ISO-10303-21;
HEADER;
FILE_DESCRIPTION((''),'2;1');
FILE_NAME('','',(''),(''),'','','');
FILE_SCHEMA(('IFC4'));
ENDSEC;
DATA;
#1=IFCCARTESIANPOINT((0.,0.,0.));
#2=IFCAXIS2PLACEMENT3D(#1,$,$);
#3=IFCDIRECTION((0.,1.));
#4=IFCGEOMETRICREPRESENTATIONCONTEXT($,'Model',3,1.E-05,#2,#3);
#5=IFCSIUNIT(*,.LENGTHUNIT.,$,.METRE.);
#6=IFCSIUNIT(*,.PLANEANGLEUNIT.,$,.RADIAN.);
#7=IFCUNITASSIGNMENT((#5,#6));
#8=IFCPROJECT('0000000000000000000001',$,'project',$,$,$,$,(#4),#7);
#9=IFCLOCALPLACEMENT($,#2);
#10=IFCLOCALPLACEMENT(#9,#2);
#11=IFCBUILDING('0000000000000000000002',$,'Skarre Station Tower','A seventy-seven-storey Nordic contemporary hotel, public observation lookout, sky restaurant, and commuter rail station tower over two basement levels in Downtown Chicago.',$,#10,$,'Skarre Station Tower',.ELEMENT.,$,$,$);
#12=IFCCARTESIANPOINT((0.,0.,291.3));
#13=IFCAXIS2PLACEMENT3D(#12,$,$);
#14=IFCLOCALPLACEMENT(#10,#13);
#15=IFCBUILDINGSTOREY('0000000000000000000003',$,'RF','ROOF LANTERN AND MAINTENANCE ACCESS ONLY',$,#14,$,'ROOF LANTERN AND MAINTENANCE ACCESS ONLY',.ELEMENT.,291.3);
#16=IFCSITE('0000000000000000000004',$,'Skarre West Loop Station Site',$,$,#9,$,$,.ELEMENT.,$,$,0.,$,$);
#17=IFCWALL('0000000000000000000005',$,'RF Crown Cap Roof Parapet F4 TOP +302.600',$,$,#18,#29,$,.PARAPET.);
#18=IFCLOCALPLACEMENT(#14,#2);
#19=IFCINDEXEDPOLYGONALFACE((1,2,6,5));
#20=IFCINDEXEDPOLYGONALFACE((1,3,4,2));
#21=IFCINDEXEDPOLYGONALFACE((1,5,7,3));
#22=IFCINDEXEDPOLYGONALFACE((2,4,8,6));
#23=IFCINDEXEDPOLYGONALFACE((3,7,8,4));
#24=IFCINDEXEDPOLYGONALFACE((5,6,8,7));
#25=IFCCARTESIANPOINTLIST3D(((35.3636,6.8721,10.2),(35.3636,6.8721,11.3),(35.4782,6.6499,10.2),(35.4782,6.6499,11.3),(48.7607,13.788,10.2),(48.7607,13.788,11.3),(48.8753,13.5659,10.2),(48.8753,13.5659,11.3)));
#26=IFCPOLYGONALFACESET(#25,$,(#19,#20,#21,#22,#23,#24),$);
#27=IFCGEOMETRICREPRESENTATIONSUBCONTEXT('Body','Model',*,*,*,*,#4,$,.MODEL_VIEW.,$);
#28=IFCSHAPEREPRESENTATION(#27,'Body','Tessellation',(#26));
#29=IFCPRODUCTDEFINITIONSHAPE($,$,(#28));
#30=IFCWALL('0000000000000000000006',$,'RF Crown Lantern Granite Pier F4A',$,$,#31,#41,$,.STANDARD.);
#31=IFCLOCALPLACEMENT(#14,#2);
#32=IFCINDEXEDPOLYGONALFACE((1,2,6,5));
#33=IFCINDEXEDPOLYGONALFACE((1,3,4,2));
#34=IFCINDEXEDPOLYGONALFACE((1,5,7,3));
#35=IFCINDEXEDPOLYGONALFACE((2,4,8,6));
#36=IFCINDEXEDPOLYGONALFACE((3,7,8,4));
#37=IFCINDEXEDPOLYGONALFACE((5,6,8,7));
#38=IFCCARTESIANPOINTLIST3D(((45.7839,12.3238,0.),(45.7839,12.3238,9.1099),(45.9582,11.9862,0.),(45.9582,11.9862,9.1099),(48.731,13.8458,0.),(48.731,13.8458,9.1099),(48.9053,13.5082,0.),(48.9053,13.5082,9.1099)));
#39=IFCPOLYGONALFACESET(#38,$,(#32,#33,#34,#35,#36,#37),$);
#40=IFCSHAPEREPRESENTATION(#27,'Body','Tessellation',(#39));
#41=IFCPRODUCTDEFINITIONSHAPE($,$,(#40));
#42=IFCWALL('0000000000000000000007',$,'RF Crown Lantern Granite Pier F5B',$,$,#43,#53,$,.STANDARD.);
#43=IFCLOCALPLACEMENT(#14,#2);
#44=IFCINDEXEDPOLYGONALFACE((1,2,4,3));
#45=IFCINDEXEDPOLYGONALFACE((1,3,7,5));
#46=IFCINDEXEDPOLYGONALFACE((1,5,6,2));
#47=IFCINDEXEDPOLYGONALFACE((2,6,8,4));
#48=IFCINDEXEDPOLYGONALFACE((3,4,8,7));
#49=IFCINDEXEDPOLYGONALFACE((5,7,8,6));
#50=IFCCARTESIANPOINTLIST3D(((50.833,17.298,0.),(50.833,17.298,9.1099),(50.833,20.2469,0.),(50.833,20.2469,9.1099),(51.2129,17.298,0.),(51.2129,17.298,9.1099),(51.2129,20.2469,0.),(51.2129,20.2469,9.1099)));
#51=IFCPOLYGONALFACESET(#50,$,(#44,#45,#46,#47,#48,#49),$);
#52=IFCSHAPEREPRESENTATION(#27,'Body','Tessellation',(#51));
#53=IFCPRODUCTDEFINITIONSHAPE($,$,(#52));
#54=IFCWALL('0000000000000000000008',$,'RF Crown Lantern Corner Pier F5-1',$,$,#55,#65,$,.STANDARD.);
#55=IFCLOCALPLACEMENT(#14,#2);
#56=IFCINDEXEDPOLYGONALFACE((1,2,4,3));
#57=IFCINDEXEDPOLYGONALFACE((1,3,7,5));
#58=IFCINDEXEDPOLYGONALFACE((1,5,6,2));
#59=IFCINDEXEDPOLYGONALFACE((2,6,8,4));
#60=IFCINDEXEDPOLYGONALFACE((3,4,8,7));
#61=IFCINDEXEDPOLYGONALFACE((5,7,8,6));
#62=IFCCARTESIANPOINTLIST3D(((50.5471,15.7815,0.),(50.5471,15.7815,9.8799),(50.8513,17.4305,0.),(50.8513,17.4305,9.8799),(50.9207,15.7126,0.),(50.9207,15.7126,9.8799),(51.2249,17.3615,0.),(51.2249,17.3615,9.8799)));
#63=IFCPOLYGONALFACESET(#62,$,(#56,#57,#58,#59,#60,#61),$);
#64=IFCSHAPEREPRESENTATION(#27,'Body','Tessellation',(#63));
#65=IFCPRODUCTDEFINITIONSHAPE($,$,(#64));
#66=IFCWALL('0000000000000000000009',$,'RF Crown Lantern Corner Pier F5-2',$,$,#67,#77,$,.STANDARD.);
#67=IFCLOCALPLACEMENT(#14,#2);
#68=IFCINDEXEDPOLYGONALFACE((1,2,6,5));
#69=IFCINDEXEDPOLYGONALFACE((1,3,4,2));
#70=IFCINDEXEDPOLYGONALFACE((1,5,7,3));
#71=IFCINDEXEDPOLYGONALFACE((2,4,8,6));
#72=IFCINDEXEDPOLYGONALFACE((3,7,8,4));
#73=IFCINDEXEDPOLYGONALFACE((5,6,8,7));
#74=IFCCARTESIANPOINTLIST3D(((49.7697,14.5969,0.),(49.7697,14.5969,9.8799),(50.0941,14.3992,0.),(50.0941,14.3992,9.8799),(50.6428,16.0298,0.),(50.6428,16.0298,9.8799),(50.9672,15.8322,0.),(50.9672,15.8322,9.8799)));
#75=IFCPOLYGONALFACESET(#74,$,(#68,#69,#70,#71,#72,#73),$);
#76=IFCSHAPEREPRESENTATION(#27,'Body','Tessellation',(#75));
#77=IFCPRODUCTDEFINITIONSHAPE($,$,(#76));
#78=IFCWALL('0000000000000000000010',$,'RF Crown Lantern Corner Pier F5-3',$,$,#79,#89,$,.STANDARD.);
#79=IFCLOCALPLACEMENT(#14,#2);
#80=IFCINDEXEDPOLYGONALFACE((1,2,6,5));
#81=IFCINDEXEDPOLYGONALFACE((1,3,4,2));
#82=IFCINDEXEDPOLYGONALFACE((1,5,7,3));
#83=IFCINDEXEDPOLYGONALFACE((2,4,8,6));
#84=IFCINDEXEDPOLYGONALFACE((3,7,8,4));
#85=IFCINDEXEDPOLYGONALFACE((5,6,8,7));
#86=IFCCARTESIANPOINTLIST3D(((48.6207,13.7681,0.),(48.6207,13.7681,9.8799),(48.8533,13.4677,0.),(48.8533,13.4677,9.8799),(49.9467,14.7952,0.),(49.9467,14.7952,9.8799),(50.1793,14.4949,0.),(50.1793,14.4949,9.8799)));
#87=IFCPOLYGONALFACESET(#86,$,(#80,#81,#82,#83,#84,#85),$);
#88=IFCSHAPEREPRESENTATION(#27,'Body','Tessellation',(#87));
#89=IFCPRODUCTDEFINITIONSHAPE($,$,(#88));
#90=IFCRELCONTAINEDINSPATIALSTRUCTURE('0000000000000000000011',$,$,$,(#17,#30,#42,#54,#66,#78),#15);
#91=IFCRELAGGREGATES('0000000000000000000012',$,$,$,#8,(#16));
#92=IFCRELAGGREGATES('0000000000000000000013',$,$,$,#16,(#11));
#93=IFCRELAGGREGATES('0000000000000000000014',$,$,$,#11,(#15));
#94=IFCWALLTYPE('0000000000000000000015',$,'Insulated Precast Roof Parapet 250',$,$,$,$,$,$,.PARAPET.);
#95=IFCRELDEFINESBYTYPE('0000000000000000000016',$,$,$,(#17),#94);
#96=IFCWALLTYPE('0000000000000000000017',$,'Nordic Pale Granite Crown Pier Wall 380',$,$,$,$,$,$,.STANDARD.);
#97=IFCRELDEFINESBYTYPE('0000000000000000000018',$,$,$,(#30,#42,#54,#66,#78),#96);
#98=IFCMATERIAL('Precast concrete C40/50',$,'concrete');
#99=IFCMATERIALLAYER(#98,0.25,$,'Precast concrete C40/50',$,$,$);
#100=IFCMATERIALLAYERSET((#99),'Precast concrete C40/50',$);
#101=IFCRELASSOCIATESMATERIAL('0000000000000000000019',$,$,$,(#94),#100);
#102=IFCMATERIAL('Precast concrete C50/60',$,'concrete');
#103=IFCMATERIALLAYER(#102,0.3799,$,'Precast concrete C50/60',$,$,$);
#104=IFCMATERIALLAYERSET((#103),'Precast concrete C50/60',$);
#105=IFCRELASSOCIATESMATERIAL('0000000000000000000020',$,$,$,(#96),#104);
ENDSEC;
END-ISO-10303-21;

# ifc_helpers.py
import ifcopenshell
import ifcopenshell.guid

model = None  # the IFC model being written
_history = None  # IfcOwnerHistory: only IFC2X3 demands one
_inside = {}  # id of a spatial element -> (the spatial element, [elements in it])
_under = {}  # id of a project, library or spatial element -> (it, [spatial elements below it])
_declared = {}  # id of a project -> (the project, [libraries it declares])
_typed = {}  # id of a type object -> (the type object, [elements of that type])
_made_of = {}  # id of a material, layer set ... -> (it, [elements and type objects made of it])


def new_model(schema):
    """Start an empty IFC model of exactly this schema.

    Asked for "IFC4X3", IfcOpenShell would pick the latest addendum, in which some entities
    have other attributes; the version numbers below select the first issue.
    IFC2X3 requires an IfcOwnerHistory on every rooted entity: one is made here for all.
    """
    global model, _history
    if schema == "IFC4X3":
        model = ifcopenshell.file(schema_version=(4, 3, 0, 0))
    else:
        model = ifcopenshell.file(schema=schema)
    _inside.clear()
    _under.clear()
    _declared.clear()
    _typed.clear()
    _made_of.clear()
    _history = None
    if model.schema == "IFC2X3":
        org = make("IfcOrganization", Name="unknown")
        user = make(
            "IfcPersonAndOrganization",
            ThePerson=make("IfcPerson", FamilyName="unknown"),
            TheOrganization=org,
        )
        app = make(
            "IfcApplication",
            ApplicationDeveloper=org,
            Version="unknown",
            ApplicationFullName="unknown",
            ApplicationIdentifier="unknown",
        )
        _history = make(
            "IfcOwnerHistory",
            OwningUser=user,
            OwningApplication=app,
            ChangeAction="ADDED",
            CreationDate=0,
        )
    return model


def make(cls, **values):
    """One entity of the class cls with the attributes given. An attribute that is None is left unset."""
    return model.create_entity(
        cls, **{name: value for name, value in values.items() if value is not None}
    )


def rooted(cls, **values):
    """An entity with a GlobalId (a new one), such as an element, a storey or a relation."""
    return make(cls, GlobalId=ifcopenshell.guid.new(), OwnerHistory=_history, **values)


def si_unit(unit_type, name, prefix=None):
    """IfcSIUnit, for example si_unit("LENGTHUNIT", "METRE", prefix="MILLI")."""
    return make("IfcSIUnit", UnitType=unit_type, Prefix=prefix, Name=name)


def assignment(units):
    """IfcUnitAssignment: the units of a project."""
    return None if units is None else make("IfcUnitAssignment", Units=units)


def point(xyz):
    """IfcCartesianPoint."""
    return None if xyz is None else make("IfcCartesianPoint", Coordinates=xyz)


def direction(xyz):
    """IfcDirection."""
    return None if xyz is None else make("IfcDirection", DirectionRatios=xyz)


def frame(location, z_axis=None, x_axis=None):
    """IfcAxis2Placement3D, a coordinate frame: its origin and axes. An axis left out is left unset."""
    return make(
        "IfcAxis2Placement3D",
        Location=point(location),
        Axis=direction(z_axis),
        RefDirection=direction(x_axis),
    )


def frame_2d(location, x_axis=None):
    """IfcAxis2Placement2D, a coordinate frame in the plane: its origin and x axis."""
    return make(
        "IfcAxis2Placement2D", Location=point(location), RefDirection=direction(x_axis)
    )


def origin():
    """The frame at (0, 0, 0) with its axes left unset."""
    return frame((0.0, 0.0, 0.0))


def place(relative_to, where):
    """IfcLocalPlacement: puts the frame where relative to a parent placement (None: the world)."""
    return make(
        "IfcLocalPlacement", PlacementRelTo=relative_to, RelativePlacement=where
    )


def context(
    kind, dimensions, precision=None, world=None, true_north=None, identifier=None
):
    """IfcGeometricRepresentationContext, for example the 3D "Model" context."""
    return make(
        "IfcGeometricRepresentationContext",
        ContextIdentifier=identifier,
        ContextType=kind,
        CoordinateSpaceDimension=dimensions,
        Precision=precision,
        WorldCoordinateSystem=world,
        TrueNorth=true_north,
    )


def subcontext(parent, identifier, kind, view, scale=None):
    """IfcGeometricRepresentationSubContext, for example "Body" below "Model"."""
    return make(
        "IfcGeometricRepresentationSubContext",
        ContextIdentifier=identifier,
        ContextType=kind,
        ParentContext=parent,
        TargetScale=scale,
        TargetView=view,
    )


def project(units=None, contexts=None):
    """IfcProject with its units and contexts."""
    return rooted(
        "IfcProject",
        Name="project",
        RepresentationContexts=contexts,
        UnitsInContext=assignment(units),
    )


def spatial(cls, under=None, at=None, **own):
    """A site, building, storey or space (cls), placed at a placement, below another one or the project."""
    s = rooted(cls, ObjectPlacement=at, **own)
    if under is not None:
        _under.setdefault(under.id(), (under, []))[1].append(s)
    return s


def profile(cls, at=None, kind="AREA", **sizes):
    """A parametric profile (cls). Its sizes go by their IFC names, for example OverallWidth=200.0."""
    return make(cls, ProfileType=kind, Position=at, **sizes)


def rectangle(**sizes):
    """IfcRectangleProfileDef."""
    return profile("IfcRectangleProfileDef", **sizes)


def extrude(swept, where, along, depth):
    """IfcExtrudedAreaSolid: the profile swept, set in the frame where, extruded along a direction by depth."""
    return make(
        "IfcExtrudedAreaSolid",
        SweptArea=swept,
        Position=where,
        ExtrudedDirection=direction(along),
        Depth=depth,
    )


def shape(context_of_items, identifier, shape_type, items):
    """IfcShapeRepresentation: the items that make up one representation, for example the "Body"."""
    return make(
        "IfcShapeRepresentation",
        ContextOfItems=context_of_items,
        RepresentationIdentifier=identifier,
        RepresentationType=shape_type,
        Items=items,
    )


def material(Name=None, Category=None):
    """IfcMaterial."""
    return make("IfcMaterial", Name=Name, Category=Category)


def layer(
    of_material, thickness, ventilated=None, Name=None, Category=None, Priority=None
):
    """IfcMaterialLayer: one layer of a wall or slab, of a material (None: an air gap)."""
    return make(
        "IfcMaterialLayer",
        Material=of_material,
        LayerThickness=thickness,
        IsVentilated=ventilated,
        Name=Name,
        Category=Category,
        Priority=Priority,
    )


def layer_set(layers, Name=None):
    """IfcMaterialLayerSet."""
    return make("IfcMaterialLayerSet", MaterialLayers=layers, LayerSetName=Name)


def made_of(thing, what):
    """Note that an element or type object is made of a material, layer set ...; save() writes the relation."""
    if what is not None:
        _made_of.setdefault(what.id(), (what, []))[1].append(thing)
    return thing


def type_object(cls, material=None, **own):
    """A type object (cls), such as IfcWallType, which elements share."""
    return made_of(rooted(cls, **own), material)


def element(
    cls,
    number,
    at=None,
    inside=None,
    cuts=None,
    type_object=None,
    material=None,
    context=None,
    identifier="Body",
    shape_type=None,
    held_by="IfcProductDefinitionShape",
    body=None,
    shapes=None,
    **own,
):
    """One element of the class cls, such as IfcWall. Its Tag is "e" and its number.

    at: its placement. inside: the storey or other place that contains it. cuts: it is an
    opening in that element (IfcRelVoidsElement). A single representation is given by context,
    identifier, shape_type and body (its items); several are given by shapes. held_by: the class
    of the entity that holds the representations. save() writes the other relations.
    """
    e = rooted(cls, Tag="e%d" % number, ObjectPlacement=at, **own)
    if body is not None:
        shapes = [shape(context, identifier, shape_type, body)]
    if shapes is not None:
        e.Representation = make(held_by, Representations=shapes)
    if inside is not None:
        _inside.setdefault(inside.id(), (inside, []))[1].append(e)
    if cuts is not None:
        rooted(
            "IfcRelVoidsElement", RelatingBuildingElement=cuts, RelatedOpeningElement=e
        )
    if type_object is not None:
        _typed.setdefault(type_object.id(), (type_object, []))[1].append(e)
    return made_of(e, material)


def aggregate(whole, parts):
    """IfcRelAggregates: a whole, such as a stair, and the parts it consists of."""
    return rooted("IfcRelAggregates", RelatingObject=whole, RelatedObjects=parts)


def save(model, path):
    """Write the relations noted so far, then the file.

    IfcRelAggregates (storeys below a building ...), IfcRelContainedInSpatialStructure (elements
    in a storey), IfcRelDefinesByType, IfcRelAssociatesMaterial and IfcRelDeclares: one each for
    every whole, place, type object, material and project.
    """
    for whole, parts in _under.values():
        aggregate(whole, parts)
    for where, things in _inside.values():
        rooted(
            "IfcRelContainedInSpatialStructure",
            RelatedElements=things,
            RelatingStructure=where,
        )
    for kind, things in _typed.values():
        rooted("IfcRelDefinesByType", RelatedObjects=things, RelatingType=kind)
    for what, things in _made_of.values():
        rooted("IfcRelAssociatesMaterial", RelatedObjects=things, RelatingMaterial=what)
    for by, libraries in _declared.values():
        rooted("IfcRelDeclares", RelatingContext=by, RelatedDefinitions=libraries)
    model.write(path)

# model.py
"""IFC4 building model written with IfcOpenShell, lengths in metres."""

from ifc_helpers import new_model, si_unit, direction, frame, frame_2d, origin, place, context, subcontext, project, spatial, rectangle, extrude, material, layer, layer_set, type_object, element, save


model = new_model("IFC4")

# Units and contexts
model_context = context("Model", 3, precision=1e-05, world=origin(), true_north=direction((0.0, 1.0)))
body_context = subcontext(model_context, "Body", "Model", "MODEL_VIEW")
ifc_project = project(units=[si_unit("LENGTHUNIT", "METRE"), si_unit("PLANEANGLEUNIT", "RADIAN")], contexts=[model_context])

# Site, building, storey
site_placement = place(None, origin())
site = spatial("IfcSite", under=ifc_project, at=site_placement, Name="Skarre West Loop Station Site", CompositionType="ELEMENT", RefElevation=0.0)
building_placement = place(site_placement, origin())
building = spatial("IfcBuilding", under=site, at=building_placement, Name="Skarre Station Tower", Description="A seventy-seven-storey Nordic contemporary hotel, public observation lookout, sky restaurant, and commuter rail station tower over two basement levels in Downtown Chicago.", LongName="Skarre Station Tower", CompositionType="ELEMENT")
storey_placement = place(building_placement, frame((0.0, 0.0, 291.3)))
storey = spatial("IfcBuildingStorey", under=building, at=storey_placement, Name="RF", Description="ROOF LANTERN AND MAINTENANCE ACCESS ONLY", LongName="ROOF LANTERN AND MAINTENANCE ACCESS ONLY", CompositionType="ELEMENT", Elevation=291.3)

# Walls
ifc_material_1 = material(Name="Precast concrete C40/50", Category="concrete")
ifc_layer_1 = layer(ifc_material_1, 0.25, Name="Precast concrete C40/50")
ifc_layer_set_1 = layer_set([ifc_layer_1], Name="Precast concrete C40/50")
wall_type_1 = type_object("IfcWallType", Name="Insulated Precast Roof Parapet 250", PredefinedType="PARAPET", material=ifc_layer_set_1)
wall_1_placement = place(storey_placement, frame((48.8181, 13.677, 10.2), z_axis=(0.0, 0.0, 1.0), x_axis=(-0.888585, -0.458712, 0.0)))
element("IfcWall", 1, at=wall_1_placement, inside=storey, type_object=wall_type_1, Name="RF Crown Cap Roof Parapet F4 TOP +302.600", PredefinedType="PARAPET", context=body_context, shape_type="SweptSolid", body=[
    extrude(rectangle(XDim=15.0769, YDim=0.25, at=frame_2d((7.5386, 0.0))), origin(), (0.0, 0.0, 1.0), 1.1001),
])
ifc_material_2 = material(Name="Precast concrete C50/60", Category="concrete")
ifc_layer_2 = layer(ifc_material_2, 0.3799, Name="Precast concrete C50/60")
ifc_layer_set_2 = layer_set([ifc_layer_2], Name="Precast concrete C50/60")
wall_type_2 = type_object("IfcWallType", Name="Nordic Pale Granite Crown Pier Wall 380", PredefinedType="STANDARD", material=ifc_layer_set_2)
wall_2_placement = place(storey_placement, frame((48.8181, 13.677, 0.0), z_axis=(0.0, 0.0, 1.0), x_axis=(-0.888506, -0.458864, 0.0)))
element("IfcWall", 2, at=wall_2_placement, inside=storey, type_object=wall_type_2, Name="RF Crown Lantern Granite Pier F4A", PredefinedType="STANDARD", context=body_context, shape_type="SweptSolid", body=[
    extrude(rectangle(XDim=3.3169, YDim=0.3799, at=frame_2d((1.6584, 0.0))), origin(), (0.0, 0.0, 1.0), 9.1099),
])
wall_3_placement = place(storey_placement, frame((51.0229, 20.2471, 0.0), z_axis=(0.0, 0.0, 1.0), x_axis=(0.0, -1.0, 0.0)))
element("IfcWall", 3, at=wall_3_placement, inside=storey, type_object=wall_type_2, Name="RF Crown Lantern Granite Pier F5B", PredefinedType="STANDARD", context=body_context, shape_type="SweptSolid", body=[
    extrude(rectangle(XDim=2.949, YDim=0.3799, at=frame_2d((1.4746, 0.0))), origin(), (0.0, 0.0, 1.0), 9.1099),
])
wall_4_placement = place(storey_placement, frame((51.0381, 17.396, 0.0), z_axis=(0.0, 0.0, 1.0), x_axis=(-0.181422, -0.983405, 0.0)))
element("IfcWall", 4, at=wall_4_placement, inside=storey, type_object=wall_type_2, Name="RF Crown Lantern Corner Pier F5-1", PredefinedType="STANDARD", context=body_context, shape_type="SweptSolid", body=[
    extrude(rectangle(XDim=1.6768, YDim=0.3799, at=frame_2d((0.8384, 0.0))), origin(), (0.0, 0.0, 1.0), 9.8799),
])
wall_5_placement = place(storey_placement, frame((50.8049, 15.9309, 0.0), z_axis=(0.0, 0.0, 1.0), x_axis=(-0.520325, -0.853968, 0.0)))
element("IfcWall", 5, at=wall_5_placement, inside=storey, type_object=wall_type_2, Name="RF Crown Lantern Corner Pier F5-2", PredefinedType="STANDARD", context=body_context, shape_type="SweptSolid", body=[
    extrude(rectangle(XDim=1.678, YDim=0.3799, at=frame_2d((0.8389, 0.0))), origin(), (0.0, 0.0, 1.0), 9.8799),
])
wall_6_placement = place(storey_placement, frame((50.063, 14.645, 0.0), z_axis=(0.0, 0.0, 1.0), x_axis=(-0.790558, -0.612387, 0.0)))
element("IfcWall", 6, at=wall_6_placement, inside=storey, type_object=wall_type_2, Name="RF Crown Lantern Corner Pier F5-3", PredefinedType="STANDARD", context=body_context, shape_type="SweptSolid", body=[
    extrude(rectangle(XDim=1.6772, YDim=0.3799, at=frame_2d((0.8386, 0.0))), origin(), (0.0, 0.0, 1.0), 9.8799),
])

save(model, "model.ifc")
